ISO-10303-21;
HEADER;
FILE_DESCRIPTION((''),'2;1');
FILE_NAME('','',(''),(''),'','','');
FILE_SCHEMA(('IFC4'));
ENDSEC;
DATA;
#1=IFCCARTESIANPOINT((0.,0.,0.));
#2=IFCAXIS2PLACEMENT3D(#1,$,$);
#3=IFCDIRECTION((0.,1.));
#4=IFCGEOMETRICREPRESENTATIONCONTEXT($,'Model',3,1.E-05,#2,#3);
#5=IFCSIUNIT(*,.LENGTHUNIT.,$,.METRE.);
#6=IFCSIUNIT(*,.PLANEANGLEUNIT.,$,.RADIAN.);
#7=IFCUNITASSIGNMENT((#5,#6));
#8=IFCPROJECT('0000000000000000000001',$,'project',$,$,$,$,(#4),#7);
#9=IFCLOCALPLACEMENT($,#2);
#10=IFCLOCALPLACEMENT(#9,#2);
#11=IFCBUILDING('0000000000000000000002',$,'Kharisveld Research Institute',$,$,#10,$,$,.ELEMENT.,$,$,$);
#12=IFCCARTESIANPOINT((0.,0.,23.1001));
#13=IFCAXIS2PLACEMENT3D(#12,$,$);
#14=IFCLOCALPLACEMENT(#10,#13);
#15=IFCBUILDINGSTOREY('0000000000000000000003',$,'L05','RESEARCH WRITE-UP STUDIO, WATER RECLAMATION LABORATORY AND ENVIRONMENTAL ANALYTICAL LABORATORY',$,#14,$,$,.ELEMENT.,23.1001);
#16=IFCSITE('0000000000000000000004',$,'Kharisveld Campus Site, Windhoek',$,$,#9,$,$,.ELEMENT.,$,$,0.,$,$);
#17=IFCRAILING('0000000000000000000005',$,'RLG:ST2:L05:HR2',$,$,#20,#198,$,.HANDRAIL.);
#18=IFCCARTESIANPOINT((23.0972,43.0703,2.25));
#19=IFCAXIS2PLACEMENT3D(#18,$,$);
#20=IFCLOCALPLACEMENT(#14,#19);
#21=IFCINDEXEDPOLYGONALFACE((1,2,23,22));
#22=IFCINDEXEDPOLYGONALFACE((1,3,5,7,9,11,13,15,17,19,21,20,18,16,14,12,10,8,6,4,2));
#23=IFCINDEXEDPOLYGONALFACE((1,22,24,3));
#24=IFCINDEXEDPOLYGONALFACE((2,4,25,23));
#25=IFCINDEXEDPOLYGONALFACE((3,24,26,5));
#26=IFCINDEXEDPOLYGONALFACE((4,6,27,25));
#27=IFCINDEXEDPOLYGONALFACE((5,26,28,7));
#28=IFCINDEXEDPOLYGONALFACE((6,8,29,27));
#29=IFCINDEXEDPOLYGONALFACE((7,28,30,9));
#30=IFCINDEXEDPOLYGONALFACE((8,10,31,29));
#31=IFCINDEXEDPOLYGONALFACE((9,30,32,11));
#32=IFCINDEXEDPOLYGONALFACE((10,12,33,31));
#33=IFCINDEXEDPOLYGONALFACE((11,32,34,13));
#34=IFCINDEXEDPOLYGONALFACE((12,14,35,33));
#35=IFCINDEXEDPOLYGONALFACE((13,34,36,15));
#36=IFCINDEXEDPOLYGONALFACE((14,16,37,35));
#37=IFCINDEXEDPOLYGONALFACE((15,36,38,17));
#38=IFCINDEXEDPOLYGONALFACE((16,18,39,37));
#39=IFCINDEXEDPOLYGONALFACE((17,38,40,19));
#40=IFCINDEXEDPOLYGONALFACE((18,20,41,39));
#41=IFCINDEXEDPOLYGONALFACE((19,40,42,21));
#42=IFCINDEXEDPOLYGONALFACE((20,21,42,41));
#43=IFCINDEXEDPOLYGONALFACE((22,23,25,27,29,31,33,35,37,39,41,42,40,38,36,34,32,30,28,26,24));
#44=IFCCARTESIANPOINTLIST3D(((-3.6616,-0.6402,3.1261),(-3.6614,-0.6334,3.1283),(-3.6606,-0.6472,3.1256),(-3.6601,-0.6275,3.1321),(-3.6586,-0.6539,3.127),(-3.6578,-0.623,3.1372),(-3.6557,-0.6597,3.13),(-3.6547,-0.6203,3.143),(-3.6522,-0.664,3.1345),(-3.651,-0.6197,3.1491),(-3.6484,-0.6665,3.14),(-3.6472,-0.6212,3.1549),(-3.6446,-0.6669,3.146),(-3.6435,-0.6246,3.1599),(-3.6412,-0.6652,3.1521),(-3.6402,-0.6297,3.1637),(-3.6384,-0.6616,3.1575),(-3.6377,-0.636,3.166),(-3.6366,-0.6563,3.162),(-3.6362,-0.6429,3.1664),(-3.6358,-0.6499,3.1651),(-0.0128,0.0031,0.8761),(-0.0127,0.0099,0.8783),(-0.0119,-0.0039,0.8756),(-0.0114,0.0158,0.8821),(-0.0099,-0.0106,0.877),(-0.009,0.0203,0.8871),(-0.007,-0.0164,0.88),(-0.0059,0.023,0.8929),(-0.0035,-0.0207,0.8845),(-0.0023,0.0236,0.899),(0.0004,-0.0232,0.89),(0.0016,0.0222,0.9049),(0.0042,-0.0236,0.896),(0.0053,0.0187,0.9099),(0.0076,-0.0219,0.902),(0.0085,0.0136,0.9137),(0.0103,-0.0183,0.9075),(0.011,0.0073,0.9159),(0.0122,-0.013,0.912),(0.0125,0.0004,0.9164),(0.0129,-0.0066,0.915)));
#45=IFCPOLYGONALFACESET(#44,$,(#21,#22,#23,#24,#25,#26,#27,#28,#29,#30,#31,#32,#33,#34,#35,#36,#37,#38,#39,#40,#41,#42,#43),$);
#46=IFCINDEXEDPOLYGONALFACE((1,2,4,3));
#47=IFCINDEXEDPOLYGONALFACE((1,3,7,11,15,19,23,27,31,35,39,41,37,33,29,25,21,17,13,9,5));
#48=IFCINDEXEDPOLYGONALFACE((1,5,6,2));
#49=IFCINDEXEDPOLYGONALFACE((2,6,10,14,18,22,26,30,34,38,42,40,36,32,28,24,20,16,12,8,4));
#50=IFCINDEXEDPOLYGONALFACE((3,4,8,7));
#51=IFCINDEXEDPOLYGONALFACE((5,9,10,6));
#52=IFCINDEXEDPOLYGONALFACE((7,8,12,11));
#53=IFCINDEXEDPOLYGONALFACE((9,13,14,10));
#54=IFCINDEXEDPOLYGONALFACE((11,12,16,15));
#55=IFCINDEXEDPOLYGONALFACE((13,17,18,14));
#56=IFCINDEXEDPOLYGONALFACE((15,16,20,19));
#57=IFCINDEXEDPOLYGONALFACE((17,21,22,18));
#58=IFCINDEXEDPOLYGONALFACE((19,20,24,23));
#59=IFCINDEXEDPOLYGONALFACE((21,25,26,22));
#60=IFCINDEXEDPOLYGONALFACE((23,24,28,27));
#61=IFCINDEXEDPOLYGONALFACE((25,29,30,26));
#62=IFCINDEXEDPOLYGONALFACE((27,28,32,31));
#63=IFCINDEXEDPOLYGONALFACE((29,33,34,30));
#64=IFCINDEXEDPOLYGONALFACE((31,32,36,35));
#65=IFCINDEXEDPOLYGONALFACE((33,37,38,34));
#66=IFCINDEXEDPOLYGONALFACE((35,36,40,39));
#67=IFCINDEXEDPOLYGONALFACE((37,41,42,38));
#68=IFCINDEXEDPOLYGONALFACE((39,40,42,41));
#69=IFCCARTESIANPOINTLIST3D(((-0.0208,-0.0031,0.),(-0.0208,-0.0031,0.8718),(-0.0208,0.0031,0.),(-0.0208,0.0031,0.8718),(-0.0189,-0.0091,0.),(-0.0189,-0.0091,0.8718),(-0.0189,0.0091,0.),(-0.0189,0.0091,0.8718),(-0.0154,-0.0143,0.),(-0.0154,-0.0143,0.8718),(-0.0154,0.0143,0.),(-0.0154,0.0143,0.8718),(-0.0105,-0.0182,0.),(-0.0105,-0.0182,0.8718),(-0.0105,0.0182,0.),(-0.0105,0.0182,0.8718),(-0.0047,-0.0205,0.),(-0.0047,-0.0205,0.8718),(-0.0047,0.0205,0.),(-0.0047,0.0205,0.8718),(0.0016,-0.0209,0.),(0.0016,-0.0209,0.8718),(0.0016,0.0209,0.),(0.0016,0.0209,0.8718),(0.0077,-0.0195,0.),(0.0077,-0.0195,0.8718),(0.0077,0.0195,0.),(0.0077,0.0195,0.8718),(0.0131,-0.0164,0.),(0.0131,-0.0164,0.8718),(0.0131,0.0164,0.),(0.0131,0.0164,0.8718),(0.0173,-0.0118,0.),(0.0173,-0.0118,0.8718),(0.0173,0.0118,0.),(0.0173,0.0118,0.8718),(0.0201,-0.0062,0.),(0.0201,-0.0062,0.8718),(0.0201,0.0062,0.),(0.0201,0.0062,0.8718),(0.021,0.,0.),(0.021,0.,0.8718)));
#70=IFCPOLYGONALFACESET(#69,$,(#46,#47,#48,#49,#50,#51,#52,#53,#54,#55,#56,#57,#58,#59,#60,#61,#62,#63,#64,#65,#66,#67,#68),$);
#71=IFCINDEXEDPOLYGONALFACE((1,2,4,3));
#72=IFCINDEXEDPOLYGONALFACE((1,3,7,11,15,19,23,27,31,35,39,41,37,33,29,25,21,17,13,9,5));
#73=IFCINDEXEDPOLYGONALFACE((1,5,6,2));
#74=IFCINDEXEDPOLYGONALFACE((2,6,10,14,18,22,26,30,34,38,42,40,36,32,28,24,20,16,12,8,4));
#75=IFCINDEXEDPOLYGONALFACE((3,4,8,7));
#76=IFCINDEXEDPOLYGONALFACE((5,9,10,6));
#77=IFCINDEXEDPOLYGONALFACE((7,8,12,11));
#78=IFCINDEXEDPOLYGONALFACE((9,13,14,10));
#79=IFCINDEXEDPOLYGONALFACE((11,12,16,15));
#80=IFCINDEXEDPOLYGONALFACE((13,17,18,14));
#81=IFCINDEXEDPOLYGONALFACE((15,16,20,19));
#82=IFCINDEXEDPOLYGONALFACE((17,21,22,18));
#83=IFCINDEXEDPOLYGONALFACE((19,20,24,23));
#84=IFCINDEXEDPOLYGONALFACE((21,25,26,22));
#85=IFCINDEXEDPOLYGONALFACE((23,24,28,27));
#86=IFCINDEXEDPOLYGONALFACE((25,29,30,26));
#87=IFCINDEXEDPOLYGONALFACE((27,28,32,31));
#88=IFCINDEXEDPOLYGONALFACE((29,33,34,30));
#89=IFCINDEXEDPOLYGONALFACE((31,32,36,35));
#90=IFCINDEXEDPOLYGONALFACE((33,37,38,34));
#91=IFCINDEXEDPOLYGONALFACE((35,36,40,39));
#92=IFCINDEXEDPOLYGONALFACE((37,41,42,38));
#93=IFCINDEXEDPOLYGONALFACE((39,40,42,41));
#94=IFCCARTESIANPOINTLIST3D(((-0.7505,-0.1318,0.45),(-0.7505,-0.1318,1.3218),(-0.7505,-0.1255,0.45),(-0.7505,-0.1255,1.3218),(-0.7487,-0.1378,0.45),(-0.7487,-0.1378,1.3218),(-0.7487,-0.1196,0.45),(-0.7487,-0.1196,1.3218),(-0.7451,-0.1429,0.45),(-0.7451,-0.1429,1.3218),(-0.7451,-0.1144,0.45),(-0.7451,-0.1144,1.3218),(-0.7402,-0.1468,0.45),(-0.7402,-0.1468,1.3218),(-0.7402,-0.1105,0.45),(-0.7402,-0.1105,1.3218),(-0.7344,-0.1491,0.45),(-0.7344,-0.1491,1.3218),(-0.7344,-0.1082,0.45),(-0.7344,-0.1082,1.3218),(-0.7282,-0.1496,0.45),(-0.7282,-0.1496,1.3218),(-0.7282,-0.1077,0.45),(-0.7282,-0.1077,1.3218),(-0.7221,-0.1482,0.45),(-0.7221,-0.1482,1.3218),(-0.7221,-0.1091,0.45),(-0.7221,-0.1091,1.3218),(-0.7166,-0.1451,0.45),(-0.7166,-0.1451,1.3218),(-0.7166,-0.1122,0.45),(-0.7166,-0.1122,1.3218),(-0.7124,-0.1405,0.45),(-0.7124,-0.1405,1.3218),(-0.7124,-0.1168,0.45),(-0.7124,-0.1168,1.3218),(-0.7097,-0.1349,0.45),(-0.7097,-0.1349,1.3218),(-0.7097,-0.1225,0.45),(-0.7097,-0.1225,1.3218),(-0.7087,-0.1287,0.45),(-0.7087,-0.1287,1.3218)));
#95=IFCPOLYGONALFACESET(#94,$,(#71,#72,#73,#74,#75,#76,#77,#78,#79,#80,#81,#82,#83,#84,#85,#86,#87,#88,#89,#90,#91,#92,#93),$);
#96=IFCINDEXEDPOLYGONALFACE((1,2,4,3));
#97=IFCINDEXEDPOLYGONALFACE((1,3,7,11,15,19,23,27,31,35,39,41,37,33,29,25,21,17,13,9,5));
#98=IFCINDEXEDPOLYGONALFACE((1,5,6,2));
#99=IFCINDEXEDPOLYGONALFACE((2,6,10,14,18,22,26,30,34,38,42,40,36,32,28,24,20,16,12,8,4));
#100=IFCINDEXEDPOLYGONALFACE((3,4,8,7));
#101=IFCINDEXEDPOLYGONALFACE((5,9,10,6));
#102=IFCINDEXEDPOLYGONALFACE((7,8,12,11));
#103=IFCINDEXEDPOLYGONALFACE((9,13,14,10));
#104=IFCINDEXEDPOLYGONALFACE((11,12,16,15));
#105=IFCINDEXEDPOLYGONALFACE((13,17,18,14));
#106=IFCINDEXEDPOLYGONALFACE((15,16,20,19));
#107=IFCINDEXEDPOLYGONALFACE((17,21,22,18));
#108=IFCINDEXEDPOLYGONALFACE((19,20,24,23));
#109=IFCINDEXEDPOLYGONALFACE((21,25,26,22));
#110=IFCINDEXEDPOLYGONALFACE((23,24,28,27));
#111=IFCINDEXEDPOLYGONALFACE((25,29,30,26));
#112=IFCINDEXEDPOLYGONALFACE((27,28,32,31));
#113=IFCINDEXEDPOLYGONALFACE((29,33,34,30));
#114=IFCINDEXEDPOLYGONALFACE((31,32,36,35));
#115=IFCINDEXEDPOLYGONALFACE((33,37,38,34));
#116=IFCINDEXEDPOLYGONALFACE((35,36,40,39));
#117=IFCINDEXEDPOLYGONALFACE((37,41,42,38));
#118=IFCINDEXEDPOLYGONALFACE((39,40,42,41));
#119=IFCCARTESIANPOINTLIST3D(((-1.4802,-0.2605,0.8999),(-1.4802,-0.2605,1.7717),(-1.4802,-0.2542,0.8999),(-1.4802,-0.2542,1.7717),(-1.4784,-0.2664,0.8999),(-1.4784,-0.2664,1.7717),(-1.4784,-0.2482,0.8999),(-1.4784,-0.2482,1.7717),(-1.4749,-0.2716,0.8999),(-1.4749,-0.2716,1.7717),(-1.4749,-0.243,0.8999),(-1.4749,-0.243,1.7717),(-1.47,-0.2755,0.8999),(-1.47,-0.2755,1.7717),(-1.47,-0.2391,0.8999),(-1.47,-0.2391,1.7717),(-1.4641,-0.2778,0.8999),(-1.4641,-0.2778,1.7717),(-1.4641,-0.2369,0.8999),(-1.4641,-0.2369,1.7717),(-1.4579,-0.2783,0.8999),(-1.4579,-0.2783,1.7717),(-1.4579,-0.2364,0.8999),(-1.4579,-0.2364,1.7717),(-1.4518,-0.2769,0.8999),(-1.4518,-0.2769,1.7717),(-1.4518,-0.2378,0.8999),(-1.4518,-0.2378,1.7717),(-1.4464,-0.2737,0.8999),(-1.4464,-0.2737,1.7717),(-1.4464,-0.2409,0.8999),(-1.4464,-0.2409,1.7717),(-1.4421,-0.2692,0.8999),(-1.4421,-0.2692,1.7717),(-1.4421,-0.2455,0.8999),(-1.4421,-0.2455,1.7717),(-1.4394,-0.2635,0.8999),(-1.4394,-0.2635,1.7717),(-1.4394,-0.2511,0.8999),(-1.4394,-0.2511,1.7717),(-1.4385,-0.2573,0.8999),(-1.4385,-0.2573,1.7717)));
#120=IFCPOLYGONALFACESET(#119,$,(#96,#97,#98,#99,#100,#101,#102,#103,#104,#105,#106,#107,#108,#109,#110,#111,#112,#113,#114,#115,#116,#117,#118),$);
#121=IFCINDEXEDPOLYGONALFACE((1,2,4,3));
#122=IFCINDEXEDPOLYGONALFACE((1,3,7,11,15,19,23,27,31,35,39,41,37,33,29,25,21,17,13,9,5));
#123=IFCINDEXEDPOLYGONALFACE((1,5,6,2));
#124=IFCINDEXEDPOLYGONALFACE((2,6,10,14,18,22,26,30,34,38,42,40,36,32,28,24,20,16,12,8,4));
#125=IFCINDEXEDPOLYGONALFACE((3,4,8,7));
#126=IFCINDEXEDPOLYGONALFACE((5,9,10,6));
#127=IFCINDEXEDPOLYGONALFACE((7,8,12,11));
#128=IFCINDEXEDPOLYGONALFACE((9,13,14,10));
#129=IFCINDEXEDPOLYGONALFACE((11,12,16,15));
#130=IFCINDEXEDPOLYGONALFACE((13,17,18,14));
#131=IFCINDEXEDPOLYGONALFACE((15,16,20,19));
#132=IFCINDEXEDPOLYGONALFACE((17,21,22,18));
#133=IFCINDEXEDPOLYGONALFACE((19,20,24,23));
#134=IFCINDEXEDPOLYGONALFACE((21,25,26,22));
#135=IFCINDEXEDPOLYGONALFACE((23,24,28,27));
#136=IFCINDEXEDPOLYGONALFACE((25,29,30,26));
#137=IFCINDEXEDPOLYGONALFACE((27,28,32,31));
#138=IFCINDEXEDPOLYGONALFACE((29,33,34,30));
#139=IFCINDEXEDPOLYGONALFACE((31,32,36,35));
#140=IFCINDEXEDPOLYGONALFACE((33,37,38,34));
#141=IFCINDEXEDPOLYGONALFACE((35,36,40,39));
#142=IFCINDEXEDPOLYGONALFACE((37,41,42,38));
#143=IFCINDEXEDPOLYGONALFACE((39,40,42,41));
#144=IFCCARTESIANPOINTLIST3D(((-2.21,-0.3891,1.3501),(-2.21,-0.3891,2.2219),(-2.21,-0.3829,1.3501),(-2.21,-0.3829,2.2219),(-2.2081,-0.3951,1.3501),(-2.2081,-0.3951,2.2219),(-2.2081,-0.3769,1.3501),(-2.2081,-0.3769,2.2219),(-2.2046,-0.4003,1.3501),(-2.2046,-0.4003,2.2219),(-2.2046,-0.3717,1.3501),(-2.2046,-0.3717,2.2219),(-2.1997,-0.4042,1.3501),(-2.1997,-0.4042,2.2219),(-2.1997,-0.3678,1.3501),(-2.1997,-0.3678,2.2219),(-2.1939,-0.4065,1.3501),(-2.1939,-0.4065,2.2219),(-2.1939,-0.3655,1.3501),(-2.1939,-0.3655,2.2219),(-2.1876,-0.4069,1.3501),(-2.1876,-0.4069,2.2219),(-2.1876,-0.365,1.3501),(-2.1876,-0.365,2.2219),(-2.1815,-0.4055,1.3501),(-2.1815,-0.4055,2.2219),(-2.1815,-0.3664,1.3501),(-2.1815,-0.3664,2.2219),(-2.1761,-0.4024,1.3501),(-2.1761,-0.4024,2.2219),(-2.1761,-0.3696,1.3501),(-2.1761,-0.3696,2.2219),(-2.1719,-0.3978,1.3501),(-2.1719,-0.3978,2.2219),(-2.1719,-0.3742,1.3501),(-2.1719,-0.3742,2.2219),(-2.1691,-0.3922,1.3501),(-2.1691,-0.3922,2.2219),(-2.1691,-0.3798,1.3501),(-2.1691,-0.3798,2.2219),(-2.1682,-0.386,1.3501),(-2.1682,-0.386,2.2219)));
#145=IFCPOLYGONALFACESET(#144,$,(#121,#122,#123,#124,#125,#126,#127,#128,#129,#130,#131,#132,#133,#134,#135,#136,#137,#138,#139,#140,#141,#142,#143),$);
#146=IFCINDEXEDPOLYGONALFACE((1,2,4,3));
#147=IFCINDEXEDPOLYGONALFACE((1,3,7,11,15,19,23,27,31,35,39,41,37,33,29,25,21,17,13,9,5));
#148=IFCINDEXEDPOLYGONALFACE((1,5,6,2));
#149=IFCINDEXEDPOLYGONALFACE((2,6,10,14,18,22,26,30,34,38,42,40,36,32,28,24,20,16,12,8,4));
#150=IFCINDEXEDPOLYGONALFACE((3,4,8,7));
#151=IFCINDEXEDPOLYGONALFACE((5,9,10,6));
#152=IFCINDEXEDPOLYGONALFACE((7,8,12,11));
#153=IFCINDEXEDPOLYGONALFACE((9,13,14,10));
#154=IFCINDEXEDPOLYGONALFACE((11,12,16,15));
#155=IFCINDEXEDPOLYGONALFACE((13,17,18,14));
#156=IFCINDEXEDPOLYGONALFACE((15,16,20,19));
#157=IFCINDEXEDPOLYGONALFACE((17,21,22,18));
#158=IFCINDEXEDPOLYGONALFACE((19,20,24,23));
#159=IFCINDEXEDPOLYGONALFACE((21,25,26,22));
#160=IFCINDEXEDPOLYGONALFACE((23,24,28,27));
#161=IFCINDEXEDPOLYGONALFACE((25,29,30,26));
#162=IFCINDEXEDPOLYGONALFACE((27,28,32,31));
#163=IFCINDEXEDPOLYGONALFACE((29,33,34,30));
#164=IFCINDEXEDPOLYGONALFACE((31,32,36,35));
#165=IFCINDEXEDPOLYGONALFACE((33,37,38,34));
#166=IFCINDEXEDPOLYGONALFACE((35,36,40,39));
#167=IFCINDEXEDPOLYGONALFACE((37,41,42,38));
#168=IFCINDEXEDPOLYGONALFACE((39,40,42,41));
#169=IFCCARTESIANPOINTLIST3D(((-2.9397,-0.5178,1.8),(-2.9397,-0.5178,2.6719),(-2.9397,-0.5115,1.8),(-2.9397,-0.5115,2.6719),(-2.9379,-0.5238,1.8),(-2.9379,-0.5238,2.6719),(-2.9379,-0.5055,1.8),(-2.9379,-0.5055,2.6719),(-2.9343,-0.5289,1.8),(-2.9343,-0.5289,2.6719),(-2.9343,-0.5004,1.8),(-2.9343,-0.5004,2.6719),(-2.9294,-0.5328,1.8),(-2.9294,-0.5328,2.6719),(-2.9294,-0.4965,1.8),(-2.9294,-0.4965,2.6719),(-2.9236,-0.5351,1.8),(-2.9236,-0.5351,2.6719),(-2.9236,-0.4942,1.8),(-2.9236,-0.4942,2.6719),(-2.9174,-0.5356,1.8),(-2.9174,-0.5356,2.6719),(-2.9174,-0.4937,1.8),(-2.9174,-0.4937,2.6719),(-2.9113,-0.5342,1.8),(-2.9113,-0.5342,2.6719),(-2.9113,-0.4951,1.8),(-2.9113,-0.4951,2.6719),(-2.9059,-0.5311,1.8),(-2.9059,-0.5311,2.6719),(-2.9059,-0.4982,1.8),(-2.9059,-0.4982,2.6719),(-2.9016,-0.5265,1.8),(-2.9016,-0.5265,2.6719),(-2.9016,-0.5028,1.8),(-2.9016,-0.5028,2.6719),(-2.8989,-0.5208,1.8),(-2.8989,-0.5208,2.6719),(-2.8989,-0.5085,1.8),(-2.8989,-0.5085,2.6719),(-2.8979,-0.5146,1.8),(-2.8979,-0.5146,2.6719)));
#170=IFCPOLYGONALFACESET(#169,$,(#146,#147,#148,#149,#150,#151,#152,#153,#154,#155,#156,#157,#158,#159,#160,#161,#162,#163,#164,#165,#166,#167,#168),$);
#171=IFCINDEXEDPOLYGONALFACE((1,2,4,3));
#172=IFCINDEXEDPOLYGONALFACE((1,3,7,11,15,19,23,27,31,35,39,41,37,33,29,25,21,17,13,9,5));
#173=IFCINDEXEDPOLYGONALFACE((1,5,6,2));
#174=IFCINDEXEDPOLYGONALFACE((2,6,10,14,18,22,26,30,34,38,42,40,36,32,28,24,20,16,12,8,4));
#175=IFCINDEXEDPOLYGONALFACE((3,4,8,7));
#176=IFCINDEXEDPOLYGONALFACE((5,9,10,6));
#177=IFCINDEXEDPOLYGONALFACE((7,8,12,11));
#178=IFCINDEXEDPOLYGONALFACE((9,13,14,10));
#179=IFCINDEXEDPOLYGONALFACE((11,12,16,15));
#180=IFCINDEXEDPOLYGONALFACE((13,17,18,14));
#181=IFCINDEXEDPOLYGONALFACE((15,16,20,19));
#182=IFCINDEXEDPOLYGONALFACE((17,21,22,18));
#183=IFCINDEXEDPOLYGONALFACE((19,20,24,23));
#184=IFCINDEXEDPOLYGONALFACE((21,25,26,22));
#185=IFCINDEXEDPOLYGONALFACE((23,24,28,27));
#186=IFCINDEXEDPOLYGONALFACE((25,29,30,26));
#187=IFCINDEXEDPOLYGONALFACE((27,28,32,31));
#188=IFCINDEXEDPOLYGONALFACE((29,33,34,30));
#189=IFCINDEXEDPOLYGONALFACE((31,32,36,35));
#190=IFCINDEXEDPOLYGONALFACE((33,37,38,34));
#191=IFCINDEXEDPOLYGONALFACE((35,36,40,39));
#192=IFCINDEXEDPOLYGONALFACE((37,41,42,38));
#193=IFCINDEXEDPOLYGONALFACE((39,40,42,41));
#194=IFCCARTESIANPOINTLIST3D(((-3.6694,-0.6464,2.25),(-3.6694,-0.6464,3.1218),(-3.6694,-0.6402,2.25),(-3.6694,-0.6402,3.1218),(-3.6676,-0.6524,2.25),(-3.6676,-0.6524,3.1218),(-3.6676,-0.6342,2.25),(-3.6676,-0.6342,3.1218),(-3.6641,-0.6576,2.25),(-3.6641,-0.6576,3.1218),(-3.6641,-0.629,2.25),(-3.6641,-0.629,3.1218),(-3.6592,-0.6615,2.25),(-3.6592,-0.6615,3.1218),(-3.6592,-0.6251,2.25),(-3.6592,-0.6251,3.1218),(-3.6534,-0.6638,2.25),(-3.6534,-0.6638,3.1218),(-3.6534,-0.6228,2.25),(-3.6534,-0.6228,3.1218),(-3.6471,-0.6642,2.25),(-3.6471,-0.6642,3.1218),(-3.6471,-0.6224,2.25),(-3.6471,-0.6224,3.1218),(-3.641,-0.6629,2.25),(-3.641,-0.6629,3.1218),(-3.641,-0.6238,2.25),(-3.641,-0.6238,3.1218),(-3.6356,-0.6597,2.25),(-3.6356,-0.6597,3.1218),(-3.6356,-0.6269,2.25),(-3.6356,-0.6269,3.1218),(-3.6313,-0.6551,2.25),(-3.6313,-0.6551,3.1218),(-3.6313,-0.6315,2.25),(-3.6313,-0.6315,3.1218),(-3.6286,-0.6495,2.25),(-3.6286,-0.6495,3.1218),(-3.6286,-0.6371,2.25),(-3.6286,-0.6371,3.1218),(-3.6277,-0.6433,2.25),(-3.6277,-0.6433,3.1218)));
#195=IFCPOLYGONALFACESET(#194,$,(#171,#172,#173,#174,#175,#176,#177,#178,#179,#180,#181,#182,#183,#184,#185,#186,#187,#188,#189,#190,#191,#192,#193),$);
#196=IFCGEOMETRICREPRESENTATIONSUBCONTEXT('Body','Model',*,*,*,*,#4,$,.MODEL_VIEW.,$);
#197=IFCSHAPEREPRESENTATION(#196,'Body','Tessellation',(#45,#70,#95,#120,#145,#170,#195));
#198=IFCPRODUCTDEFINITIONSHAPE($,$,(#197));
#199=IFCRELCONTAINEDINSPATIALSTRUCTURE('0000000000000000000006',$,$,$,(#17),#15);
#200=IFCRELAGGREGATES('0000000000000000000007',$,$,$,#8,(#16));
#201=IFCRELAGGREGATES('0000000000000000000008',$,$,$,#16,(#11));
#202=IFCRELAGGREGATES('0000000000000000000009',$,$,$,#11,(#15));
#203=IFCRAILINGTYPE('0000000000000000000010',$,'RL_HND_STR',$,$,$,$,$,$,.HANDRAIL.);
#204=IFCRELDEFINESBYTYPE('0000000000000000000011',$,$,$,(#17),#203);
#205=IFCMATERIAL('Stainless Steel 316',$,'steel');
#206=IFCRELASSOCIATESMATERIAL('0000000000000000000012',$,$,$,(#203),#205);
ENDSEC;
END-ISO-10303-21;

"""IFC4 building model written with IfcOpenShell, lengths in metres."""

from ifc_helpers import new_model, si_unit, direction, frame, origin, origin_2d, place, context, subcontext, project, spatial, circle, extrude, material, type_object, element, save


model = new_model("IFC4")

# Units and contexts
model_context = context("Model", 3, precision=1e-05, world=origin(), true_north=direction((0.0, 1.0)))
body_context = subcontext(model_context, "Body", "Model", "MODEL_VIEW")
ifc_project = project(units=[si_unit("LENGTHUNIT", "METRE"), si_unit("PLANEANGLEUNIT", "RADIAN")], contexts=[model_context])

# Site, building, storey
site_placement = place(None, origin())
site = spatial("IfcSite", under=ifc_project, at=site_placement, Name="Kharisveld Campus Site, Windhoek", CompositionType="ELEMENT", RefElevation=0.0)
building_placement = place(site_placement, origin())
building = spatial("IfcBuilding", under=site, at=building_placement, Name="Kharisveld Research Institute", CompositionType="ELEMENT")
storey_placement = place(building_placement, frame((0.0, 0.0, 23.1001)))
storey = spatial("IfcBuildingStorey", under=building, at=storey_placement, Name="L05", Description="RESEARCH WRITE-UP STUDIO, WATER RECLAMATION LABORATORY AND ENVIRONMENTAL ANALYTICAL LABORATORY", CompositionType="ELEMENT", Elevation=23.1001)

# Railing
ifc_material_1 = material(Name="Stainless Steel 316", Category="steel")
railing_type_1 = type_object("IfcRailingType", Name="RL_HND_STR", PredefinedType="HANDRAIL", material=ifc_material_1)
railing_1_placement = place(storey_placement, frame((23.0972, 43.0703, 2.25)))
element("IfcRailing", 1, at=railing_1_placement, inside=storey, type_object=railing_type_1, Name="RLG:ST2:L05:HR2", PredefinedType="HANDRAIL", context=body_context, shape_type="SweptSolid", body=[
    extrude(circle(Radius=0.0239, at=origin_2d()), frame((0.0, 0.0, 0.896), z_axis=(-0.841747, -0.148411, 0.519073), x_axis=(0.173635, -0.98481, 0.0)), (0.0, 0.0, 1.0), 4.3347),
    extrude(circle(Radius=0.021, at=origin_2d()), origin(), (0.0, 0.0, 1.0), 0.8718),
    extrude(circle(Radius=0.021, at=origin_2d()), frame((-0.7297, -0.1287, 0.45)), (0.0, 0.0, 1.0), 0.8718),
    extrude(circle(Radius=0.021, at=origin_2d()), frame((-1.4595, -0.2573, 0.8999)), (0.0, 0.0, 1.0), 0.8718),
    extrude(circle(Radius=0.021, at=origin_2d()), frame((-2.1892, -0.386, 1.3501)), (0.0, 0.0, 1.0), 0.8718),
    extrude(circle(Radius=0.021, at=origin_2d()), frame((-2.9189, -0.5146, 1.8)), (0.0, 0.0, 1.0), 0.8718),
    extrude(circle(Radius=0.021, at=origin_2d()), frame((-3.6487, -0.6433, 2.25)), (0.0, 0.0, 1.0), 0.8718),
])

save(model, "model.ifc")
